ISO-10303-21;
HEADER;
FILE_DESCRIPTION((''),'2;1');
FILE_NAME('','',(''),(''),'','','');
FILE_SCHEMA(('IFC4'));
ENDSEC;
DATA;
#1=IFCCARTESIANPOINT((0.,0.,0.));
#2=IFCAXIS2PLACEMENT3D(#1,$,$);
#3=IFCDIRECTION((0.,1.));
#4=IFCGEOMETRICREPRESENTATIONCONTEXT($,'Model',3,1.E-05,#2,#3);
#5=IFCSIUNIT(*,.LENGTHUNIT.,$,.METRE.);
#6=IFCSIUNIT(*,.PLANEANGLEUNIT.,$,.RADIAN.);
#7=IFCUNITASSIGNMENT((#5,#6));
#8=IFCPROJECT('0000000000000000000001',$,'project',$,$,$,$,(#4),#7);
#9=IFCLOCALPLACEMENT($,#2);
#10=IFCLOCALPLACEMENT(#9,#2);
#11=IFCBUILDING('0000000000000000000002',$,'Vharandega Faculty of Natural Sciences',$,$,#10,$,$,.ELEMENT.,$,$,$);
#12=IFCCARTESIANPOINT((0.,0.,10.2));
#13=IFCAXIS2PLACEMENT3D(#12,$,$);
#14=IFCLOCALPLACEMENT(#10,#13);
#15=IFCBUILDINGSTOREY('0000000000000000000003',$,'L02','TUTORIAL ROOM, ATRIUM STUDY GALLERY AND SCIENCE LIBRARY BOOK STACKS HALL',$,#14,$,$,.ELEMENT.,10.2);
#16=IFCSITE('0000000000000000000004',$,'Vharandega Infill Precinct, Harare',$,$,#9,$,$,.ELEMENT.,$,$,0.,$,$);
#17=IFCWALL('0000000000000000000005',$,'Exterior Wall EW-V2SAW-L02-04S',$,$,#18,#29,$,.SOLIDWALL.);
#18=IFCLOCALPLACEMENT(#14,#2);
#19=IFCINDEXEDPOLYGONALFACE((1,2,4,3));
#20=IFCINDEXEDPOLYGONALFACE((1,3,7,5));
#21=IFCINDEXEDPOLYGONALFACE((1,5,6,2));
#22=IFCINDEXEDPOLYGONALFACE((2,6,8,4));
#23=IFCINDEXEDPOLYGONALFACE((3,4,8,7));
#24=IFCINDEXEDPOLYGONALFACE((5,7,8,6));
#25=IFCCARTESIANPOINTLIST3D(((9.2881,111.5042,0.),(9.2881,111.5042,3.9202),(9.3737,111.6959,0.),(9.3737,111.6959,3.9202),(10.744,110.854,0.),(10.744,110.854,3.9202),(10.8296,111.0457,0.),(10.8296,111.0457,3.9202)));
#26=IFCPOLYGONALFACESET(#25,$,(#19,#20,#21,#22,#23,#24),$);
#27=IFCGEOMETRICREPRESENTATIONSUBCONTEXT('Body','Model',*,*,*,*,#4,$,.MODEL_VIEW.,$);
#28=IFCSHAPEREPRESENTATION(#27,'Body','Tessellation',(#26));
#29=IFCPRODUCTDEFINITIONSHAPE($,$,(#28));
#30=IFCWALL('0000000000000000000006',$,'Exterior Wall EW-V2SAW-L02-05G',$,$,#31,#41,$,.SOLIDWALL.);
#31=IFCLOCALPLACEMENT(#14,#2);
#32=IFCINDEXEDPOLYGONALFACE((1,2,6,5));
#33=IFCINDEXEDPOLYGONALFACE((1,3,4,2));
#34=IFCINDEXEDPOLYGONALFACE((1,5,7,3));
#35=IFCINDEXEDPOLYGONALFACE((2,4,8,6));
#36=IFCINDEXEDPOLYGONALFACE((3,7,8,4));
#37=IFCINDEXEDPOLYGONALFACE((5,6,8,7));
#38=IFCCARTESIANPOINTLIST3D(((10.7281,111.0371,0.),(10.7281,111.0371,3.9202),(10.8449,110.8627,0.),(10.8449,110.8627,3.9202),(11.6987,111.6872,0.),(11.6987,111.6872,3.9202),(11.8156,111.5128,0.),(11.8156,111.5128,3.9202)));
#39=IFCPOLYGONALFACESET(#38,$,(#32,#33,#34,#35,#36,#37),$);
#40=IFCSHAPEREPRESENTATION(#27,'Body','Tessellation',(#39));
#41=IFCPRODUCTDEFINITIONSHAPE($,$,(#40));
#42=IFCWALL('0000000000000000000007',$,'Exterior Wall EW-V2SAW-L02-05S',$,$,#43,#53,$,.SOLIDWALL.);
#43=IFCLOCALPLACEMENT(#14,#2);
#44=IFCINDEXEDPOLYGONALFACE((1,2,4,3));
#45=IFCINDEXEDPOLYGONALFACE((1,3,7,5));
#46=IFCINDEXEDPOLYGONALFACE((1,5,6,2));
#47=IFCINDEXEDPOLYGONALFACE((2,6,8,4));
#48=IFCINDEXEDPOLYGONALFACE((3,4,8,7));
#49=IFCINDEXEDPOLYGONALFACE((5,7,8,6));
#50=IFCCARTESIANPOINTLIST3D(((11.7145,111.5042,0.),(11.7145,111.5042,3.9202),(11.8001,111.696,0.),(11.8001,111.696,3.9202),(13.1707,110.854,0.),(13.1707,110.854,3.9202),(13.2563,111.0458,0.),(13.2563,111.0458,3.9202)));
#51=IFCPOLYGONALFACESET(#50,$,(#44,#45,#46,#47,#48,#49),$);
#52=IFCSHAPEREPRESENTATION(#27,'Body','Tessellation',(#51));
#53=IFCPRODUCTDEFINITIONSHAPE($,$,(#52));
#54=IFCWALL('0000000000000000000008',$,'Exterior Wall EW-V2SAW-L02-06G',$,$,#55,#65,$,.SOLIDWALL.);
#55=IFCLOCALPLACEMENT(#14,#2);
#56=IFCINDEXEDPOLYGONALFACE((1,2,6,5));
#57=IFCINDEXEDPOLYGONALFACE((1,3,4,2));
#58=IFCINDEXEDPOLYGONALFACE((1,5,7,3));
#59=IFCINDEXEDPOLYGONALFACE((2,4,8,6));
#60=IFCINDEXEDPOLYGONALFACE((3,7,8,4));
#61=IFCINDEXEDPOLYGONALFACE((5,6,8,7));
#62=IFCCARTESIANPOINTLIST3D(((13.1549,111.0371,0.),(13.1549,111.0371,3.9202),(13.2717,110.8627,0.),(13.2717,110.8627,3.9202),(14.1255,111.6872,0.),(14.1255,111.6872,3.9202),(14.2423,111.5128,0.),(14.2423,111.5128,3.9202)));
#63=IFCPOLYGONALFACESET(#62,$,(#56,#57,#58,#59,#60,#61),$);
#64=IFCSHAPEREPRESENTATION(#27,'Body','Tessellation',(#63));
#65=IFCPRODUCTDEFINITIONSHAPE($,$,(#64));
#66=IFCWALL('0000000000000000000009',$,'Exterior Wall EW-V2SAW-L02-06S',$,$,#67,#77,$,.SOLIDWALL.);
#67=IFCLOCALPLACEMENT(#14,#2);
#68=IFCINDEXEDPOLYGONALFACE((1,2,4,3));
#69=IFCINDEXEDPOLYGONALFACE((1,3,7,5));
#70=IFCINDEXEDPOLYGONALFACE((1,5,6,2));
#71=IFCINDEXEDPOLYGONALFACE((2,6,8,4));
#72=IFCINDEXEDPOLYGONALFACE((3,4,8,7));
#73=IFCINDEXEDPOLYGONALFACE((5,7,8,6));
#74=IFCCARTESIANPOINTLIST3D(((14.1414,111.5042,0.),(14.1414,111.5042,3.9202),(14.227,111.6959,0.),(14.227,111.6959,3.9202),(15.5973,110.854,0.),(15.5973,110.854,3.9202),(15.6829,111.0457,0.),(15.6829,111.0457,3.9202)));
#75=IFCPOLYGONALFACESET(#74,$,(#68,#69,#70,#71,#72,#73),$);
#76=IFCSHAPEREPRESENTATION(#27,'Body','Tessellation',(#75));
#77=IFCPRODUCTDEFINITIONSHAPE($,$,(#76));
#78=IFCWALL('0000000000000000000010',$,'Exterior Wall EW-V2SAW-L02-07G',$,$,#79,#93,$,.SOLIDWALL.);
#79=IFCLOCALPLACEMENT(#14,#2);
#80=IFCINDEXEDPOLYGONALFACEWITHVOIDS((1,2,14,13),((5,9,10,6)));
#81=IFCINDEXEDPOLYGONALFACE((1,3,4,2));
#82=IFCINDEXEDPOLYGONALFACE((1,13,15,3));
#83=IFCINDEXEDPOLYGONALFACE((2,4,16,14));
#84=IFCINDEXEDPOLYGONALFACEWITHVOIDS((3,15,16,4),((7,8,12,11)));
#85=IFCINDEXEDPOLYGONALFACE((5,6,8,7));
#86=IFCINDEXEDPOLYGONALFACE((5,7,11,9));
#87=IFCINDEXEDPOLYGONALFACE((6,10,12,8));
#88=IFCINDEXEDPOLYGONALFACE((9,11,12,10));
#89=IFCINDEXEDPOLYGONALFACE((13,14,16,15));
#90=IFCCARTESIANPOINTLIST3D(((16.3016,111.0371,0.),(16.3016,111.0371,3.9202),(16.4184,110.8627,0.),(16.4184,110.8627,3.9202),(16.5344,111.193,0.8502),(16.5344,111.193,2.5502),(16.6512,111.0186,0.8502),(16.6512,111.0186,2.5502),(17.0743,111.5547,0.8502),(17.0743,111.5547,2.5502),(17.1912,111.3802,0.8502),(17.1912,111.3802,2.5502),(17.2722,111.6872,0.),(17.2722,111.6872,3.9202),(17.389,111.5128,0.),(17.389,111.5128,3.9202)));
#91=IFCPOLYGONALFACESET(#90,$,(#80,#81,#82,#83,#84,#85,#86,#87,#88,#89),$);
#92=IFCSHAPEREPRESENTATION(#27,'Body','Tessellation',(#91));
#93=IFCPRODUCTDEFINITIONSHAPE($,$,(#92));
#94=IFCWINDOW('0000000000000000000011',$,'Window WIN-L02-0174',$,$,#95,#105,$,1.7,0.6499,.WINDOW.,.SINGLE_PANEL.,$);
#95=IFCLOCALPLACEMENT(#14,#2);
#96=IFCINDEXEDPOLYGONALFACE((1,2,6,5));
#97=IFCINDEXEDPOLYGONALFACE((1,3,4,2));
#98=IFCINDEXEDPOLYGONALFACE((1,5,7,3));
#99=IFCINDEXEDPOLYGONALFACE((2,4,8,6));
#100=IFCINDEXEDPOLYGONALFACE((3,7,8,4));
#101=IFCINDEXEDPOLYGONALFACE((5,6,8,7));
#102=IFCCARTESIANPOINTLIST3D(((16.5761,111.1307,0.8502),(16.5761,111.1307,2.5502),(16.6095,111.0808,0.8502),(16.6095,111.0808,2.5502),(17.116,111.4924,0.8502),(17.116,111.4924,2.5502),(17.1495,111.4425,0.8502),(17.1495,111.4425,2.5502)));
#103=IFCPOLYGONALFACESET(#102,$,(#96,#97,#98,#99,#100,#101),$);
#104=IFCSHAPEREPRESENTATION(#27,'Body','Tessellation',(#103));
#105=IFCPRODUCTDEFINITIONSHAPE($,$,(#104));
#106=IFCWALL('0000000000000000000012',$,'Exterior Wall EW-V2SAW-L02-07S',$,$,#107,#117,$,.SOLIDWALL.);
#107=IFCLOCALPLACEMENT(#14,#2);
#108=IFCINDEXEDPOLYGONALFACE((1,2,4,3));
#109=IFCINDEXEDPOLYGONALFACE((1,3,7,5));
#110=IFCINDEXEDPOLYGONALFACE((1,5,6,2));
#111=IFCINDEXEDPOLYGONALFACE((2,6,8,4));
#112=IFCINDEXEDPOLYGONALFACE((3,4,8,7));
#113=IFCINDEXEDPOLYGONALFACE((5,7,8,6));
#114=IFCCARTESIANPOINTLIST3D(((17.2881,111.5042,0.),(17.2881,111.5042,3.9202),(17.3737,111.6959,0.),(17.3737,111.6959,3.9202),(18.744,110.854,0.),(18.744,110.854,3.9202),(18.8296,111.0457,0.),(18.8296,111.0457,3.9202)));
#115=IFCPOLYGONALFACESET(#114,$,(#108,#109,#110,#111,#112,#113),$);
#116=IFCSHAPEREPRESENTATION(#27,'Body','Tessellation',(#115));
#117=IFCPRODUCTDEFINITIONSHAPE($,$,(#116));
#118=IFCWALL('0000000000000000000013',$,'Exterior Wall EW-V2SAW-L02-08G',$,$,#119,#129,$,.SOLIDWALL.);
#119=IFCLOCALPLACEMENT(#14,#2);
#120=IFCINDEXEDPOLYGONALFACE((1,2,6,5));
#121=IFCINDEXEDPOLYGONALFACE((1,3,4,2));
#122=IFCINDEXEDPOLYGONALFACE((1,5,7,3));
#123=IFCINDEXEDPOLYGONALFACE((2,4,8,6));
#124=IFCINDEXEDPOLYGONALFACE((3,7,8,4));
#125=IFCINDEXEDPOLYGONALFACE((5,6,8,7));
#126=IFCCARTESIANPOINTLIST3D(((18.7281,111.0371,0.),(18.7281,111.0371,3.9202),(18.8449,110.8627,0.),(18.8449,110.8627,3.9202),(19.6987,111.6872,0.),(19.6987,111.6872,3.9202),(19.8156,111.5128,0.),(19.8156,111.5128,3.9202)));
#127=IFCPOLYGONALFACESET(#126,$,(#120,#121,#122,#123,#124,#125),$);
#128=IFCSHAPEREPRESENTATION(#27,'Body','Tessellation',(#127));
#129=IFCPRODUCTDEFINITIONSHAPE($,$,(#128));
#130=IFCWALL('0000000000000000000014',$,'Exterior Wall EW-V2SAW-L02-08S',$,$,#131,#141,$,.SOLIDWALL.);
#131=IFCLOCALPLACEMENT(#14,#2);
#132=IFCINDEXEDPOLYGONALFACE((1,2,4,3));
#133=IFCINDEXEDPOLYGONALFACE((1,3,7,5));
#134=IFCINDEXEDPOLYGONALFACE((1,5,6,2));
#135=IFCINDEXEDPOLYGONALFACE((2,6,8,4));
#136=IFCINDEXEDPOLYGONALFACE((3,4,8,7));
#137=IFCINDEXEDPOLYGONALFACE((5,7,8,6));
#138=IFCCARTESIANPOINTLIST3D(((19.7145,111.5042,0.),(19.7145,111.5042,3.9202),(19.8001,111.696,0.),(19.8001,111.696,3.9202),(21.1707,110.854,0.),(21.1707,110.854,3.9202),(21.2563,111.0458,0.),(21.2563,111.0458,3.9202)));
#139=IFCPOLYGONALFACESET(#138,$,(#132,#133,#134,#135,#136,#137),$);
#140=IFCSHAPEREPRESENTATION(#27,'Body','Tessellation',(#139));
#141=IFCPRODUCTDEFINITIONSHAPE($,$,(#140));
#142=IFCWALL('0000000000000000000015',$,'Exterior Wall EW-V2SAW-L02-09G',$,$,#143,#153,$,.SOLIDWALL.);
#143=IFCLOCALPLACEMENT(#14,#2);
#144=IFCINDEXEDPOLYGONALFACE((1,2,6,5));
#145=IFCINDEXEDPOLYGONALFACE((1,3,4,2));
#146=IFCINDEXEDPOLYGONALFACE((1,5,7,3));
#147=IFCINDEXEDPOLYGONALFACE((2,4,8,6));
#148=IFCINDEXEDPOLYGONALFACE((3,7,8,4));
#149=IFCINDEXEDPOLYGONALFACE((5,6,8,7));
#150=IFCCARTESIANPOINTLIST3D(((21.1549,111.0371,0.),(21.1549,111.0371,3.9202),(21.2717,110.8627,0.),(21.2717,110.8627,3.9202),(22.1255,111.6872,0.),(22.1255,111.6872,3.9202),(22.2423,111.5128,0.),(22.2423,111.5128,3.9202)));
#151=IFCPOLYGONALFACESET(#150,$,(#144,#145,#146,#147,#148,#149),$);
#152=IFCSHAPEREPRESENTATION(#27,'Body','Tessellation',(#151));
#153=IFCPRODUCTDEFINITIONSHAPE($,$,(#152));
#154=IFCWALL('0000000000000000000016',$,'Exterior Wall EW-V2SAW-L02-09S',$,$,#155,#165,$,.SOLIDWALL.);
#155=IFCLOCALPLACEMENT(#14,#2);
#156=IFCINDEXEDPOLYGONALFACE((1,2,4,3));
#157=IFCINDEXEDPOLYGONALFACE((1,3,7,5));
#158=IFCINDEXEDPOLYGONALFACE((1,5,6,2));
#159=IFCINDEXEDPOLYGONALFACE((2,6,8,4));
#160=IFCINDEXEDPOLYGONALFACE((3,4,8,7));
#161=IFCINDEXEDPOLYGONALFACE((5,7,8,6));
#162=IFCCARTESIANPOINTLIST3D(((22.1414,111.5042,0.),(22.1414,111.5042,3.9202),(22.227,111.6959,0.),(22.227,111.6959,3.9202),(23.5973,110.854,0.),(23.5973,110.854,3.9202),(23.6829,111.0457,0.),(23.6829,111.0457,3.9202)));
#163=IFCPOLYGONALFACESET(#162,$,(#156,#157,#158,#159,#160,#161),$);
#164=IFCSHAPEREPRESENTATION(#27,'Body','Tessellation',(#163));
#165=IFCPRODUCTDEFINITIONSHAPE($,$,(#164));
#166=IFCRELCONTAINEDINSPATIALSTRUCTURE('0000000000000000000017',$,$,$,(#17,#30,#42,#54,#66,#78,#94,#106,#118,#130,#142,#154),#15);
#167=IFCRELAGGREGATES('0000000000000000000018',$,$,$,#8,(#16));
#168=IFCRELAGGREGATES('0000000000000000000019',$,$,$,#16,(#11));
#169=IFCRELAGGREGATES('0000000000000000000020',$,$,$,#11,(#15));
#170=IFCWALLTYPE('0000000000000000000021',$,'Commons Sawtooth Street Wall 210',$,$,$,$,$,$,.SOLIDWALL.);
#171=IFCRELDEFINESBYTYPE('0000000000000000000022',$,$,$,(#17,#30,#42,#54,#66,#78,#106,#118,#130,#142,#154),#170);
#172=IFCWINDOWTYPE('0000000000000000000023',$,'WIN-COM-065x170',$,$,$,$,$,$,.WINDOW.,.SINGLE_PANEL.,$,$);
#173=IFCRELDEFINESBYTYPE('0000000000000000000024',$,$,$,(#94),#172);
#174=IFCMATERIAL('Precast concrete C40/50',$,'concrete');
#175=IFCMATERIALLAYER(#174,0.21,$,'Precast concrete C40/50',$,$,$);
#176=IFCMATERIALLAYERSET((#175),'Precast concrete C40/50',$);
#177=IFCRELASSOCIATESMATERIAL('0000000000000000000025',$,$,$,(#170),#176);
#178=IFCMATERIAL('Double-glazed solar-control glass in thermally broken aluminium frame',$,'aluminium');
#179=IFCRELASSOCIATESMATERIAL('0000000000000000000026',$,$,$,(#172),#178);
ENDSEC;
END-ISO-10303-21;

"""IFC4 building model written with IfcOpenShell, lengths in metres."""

from ifc_helpers import new_model, si_unit, direction, frame, frame_2d, origin, place, context, subcontext, project, spatial, rectangle, extrude, material, layer, layer_set, type_object, element, fill, save


model = new_model("IFC4")

# Units and contexts
model_context = context("Model", 3, precision=1e-05, world=origin(), true_north=direction((0.0, 1.0)))
body_context = subcontext(model_context, "Body", "Model", "MODEL_VIEW")
ifc_project = project(units=[si_unit("LENGTHUNIT", "METRE"), si_unit("PLANEANGLEUNIT", "RADIAN")], contexts=[model_context])

# Site, building, storey
site_placement = place(None, origin())
site = spatial("IfcSite", under=ifc_project, at=site_placement, Name="Vharandega Infill Precinct, Harare", CompositionType="ELEMENT", RefElevation=0.0)
building_placement = place(site_placement, origin())
building = spatial("IfcBuilding", under=site, at=building_placement, Name="Vharandega Faculty of Natural Sciences", CompositionType="ELEMENT")
storey_placement = place(building_placement, frame((0.0, 0.0, 10.2)))
storey = spatial("IfcBuildingStorey", under=building, at=storey_placement, Name="L02", Description="TUTORIAL ROOM, ATRIUM STUDY GALLERY AND SCIENCE LIBRARY BOOK STACKS HALL", CompositionType="ELEMENT", Elevation=10.2)

# Shared definitions
ifc_material_1 = material(Name="Precast concrete C40/50", Category="concrete")
ifc_layer = layer(ifc_material_1, 0.21, Name="Precast concrete C40/50")
ifc_layer_set = layer_set([ifc_layer], Name="Precast concrete C40/50")
wall_type = type_object("IfcWallType", Name="Commons Sawtooth Street Wall 210", PredefinedType="SOLIDWALL", material=ifc_layer_set)

# Shared definitions
ifc_material_2 = material(Name="Double-glazed solar-control glass in thermally broken aluminium frame", Category="aluminium")
window_type = type_object("IfcWindowType", Name="WIN-COM-065x170", PartitioningType="SINGLE_PANEL", PredefinedType="WINDOW", material=ifc_material_2)

# Walls
wall_1_placement = place(storey_placement, frame((9.3308, 111.6001, 0.0), z_axis=(0.0, 0.0, 1.0), x_axis=(0.913084, -0.407772, 0.0)))
element("IfcWall", 1, at=wall_1_placement, inside=storey, type_object=wall_type, Name="Exterior Wall EW-V2SAW-L02-04S", PredefinedType="SOLIDWALL", context=body_context, shape_type="SweptSolid", body=[
    extrude(rectangle(XDim=1.5945, YDim=0.21, at=frame_2d((0.7974, 0.0))), origin(), (0.0, 0.0, 1.0), 3.9202),
])
wall_2_placement = place(storey_placement, frame((10.7866, 110.95, 0.0), z_axis=(0.0, 0.0, 1.0), x_axis=(0.830859, 0.556483, 0.0)))
element("IfcWall", 2, at=wall_2_placement, inside=storey, type_object=wall_type, Name="Exterior Wall EW-V2SAW-L02-05G", PredefinedType="SOLIDWALL", context=body_context, shape_type="SweptSolid", body=[
    extrude(rectangle(XDim=1.1682, YDim=0.21, at=frame_2d((0.584, 0.0))), origin(), (0.0, 0.0, 1.0), 3.9202),
])
wall_3_placement = place(storey_placement, frame((11.7573, 111.6001, 0.0), z_axis=(0.0, 0.0, 1.0), x_axis=(0.913109, -0.407715, 0.0)))
element("IfcWall", 3, at=wall_3_placement, inside=storey, type_object=wall_type, Name="Exterior Wall EW-V2SAW-L02-05S", PredefinedType="SOLIDWALL", context=body_context, shape_type="SweptSolid", body=[
    extrude(rectangle(XDim=1.5947, YDim=0.21, at=frame_2d((0.7974, 0.0))), origin(), (0.0, 0.0, 1.0), 3.9202),
])
wall_4_placement = place(storey_placement, frame((13.2134, 110.95, 0.0), z_axis=(0.0, 0.0, 1.0), x_axis=(0.830859, 0.556483, 0.0)))
element("IfcWall", 4, at=wall_4_placement, inside=storey, type_object=wall_type, Name="Exterior Wall EW-V2SAW-L02-06G", PredefinedType="SOLIDWALL", context=body_context, shape_type="SweptSolid", body=[
    extrude(rectangle(XDim=1.1682, YDim=0.21, at=frame_2d((0.584, 0.0))), origin(), (0.0, 0.0, 1.0), 3.9202),
])
wall_5_placement = place(storey_placement, frame((14.1841, 111.6001, 0.0), z_axis=(0.0, 0.0, 1.0), x_axis=(0.913084, -0.407772, 0.0)))
element("IfcWall", 5, at=wall_5_placement, inside=storey, type_object=wall_type, Name="Exterior Wall EW-V2SAW-L02-06S", PredefinedType="SOLIDWALL", context=body_context, shape_type="SweptSolid", body=[
    extrude(rectangle(XDim=1.5945, YDim=0.21, at=frame_2d((0.7974, 0.0))), origin(), (0.0, 0.0, 1.0), 3.9202),
])

# Wall, opening, window
wall_6_placement = place(storey_placement, frame((16.3601, 110.95, 0.0), z_axis=(0.0, 0.0, 1.0), x_axis=(0.830859, 0.556483, 0.0)))
wall_6 = element("IfcWall", 6, at=wall_6_placement, inside=storey, type_object=wall_type, Name="Exterior Wall EW-V2SAW-L02-07G", PredefinedType="SOLIDWALL", context=body_context, shape_type="SweptSolid", body=[
    extrude(rectangle(XDim=1.1682, YDim=0.21, at=frame_2d((0.584, 0.0))), origin(), (0.0, 0.0, 1.0), 3.9202),
])
opening_1_placement = place(wall_6_placement, frame((0.28, 0.0, 0.8501)))
opening_1 = element("IfcOpeningElement", 7, at=opening_1_placement, cuts=wall_6, PredefinedType="OPENING", context=body_context, shape_type="SweptSolid", body=[
    extrude(rectangle(XDim=0.6499, YDim=1.7, at=frame_2d((0.325, 0.8501))), frame((0.0, 0.115, 0.0), z_axis=(0.0, -1.0, 0.0), x_axis=(1.0, 0.0, 0.0)), (0.0, 0.0, 1.0), 0.23),
])
window_1_placement = place(opening_1_placement, origin())
window_1 = element("IfcWindow", 8, at=window_1_placement, inside=storey, type_object=window_type, Name="Window WIN-L02-0174", OverallHeight=1.7, OverallWidth=0.6499, PartitioningType="SINGLE_PANEL", PredefinedType="WINDOW", context=body_context, shape_type="SweptSolid", body=[
    extrude(rectangle(XDim=0.6499, YDim=1.7, at=frame_2d((0.325, 0.8501))), frame((0.0, 0.03, 0.0), z_axis=(0.0, -1.0, 0.0), x_axis=(1.0, 0.0, 0.0)), (0.0, 0.0, 1.0), 0.0601),
])
fill(opening_1, window_1)

# Walls
wall_7_placement = place(storey_placement, frame((17.3308, 111.6001, 0.0), z_axis=(0.0, 0.0, 1.0), x_axis=(0.913084, -0.407772, 0.0)))
element("IfcWall", 9, at=wall_7_placement, inside=storey, type_object=wall_type, Name="Exterior Wall EW-V2SAW-L02-07S", PredefinedType="SOLIDWALL", context=body_context, shape_type="SweptSolid", body=[
    extrude(rectangle(XDim=1.5945, YDim=0.21, at=frame_2d((0.7974, 0.0))), origin(), (0.0, 0.0, 1.0), 3.9202),
])
wall_8_placement = place(storey_placement, frame((18.7866, 110.95, 0.0), z_axis=(0.0, 0.0, 1.0), x_axis=(0.830859, 0.556483, 0.0)))
element("IfcWall", 10, at=wall_8_placement, inside=storey, type_object=wall_type, Name="Exterior Wall EW-V2SAW-L02-08G", PredefinedType="SOLIDWALL", context=body_context, shape_type="SweptSolid", body=[
    extrude(rectangle(XDim=1.1682, YDim=0.21, at=frame_2d((0.584, 0.0))), origin(), (0.0, 0.0, 1.0), 3.9202),
])
wall_9_placement = place(storey_placement, frame((19.7573, 111.6001, 0.0), z_axis=(0.0, 0.0, 1.0), x_axis=(0.913109, -0.407715, 0.0)))
element("IfcWall", 11, at=wall_9_placement, inside=storey, type_object=wall_type, Name="Exterior Wall EW-V2SAW-L02-08S", PredefinedType="SOLIDWALL", context=body_context, shape_type="SweptSolid", body=[
    extrude(rectangle(XDim=1.5947, YDim=0.21, at=frame_2d((0.7974, 0.0))), origin(), (0.0, 0.0, 1.0), 3.9202),
])
wall_10_placement = place(storey_placement, frame((21.2134, 110.95, 0.0), z_axis=(0.0, 0.0, 1.0), x_axis=(0.830859, 0.556483, 0.0)))
element("IfcWall", 12, at=wall_10_placement, inside=storey, type_object=wall_type, Name="Exterior Wall EW-V2SAW-L02-09G", PredefinedType="SOLIDWALL", context=body_context, shape_type="SweptSolid", body=[
    extrude(rectangle(XDim=1.1682, YDim=0.21, at=frame_2d((0.584, 0.0))), origin(), (0.0, 0.0, 1.0), 3.9202),
])
wall_11_placement = place(storey_placement, frame((22.1841, 111.6001, 0.0), z_axis=(0.0, 0.0, 1.0), x_axis=(0.913084, -0.407772, 0.0)))
element("IfcWall", 13, at=wall_11_placement, inside=storey, type_object=wall_type, Name="Exterior Wall EW-V2SAW-L02-09S", PredefinedType="SOLIDWALL", context=body_context, shape_type="SweptSolid", body=[
    extrude(rectangle(XDim=1.5945, YDim=0.21, at=frame_2d((0.7974, 0.0))), origin(), (0.0, 0.0, 1.0), 3.9202),
])

save(model, "model.ifc")
